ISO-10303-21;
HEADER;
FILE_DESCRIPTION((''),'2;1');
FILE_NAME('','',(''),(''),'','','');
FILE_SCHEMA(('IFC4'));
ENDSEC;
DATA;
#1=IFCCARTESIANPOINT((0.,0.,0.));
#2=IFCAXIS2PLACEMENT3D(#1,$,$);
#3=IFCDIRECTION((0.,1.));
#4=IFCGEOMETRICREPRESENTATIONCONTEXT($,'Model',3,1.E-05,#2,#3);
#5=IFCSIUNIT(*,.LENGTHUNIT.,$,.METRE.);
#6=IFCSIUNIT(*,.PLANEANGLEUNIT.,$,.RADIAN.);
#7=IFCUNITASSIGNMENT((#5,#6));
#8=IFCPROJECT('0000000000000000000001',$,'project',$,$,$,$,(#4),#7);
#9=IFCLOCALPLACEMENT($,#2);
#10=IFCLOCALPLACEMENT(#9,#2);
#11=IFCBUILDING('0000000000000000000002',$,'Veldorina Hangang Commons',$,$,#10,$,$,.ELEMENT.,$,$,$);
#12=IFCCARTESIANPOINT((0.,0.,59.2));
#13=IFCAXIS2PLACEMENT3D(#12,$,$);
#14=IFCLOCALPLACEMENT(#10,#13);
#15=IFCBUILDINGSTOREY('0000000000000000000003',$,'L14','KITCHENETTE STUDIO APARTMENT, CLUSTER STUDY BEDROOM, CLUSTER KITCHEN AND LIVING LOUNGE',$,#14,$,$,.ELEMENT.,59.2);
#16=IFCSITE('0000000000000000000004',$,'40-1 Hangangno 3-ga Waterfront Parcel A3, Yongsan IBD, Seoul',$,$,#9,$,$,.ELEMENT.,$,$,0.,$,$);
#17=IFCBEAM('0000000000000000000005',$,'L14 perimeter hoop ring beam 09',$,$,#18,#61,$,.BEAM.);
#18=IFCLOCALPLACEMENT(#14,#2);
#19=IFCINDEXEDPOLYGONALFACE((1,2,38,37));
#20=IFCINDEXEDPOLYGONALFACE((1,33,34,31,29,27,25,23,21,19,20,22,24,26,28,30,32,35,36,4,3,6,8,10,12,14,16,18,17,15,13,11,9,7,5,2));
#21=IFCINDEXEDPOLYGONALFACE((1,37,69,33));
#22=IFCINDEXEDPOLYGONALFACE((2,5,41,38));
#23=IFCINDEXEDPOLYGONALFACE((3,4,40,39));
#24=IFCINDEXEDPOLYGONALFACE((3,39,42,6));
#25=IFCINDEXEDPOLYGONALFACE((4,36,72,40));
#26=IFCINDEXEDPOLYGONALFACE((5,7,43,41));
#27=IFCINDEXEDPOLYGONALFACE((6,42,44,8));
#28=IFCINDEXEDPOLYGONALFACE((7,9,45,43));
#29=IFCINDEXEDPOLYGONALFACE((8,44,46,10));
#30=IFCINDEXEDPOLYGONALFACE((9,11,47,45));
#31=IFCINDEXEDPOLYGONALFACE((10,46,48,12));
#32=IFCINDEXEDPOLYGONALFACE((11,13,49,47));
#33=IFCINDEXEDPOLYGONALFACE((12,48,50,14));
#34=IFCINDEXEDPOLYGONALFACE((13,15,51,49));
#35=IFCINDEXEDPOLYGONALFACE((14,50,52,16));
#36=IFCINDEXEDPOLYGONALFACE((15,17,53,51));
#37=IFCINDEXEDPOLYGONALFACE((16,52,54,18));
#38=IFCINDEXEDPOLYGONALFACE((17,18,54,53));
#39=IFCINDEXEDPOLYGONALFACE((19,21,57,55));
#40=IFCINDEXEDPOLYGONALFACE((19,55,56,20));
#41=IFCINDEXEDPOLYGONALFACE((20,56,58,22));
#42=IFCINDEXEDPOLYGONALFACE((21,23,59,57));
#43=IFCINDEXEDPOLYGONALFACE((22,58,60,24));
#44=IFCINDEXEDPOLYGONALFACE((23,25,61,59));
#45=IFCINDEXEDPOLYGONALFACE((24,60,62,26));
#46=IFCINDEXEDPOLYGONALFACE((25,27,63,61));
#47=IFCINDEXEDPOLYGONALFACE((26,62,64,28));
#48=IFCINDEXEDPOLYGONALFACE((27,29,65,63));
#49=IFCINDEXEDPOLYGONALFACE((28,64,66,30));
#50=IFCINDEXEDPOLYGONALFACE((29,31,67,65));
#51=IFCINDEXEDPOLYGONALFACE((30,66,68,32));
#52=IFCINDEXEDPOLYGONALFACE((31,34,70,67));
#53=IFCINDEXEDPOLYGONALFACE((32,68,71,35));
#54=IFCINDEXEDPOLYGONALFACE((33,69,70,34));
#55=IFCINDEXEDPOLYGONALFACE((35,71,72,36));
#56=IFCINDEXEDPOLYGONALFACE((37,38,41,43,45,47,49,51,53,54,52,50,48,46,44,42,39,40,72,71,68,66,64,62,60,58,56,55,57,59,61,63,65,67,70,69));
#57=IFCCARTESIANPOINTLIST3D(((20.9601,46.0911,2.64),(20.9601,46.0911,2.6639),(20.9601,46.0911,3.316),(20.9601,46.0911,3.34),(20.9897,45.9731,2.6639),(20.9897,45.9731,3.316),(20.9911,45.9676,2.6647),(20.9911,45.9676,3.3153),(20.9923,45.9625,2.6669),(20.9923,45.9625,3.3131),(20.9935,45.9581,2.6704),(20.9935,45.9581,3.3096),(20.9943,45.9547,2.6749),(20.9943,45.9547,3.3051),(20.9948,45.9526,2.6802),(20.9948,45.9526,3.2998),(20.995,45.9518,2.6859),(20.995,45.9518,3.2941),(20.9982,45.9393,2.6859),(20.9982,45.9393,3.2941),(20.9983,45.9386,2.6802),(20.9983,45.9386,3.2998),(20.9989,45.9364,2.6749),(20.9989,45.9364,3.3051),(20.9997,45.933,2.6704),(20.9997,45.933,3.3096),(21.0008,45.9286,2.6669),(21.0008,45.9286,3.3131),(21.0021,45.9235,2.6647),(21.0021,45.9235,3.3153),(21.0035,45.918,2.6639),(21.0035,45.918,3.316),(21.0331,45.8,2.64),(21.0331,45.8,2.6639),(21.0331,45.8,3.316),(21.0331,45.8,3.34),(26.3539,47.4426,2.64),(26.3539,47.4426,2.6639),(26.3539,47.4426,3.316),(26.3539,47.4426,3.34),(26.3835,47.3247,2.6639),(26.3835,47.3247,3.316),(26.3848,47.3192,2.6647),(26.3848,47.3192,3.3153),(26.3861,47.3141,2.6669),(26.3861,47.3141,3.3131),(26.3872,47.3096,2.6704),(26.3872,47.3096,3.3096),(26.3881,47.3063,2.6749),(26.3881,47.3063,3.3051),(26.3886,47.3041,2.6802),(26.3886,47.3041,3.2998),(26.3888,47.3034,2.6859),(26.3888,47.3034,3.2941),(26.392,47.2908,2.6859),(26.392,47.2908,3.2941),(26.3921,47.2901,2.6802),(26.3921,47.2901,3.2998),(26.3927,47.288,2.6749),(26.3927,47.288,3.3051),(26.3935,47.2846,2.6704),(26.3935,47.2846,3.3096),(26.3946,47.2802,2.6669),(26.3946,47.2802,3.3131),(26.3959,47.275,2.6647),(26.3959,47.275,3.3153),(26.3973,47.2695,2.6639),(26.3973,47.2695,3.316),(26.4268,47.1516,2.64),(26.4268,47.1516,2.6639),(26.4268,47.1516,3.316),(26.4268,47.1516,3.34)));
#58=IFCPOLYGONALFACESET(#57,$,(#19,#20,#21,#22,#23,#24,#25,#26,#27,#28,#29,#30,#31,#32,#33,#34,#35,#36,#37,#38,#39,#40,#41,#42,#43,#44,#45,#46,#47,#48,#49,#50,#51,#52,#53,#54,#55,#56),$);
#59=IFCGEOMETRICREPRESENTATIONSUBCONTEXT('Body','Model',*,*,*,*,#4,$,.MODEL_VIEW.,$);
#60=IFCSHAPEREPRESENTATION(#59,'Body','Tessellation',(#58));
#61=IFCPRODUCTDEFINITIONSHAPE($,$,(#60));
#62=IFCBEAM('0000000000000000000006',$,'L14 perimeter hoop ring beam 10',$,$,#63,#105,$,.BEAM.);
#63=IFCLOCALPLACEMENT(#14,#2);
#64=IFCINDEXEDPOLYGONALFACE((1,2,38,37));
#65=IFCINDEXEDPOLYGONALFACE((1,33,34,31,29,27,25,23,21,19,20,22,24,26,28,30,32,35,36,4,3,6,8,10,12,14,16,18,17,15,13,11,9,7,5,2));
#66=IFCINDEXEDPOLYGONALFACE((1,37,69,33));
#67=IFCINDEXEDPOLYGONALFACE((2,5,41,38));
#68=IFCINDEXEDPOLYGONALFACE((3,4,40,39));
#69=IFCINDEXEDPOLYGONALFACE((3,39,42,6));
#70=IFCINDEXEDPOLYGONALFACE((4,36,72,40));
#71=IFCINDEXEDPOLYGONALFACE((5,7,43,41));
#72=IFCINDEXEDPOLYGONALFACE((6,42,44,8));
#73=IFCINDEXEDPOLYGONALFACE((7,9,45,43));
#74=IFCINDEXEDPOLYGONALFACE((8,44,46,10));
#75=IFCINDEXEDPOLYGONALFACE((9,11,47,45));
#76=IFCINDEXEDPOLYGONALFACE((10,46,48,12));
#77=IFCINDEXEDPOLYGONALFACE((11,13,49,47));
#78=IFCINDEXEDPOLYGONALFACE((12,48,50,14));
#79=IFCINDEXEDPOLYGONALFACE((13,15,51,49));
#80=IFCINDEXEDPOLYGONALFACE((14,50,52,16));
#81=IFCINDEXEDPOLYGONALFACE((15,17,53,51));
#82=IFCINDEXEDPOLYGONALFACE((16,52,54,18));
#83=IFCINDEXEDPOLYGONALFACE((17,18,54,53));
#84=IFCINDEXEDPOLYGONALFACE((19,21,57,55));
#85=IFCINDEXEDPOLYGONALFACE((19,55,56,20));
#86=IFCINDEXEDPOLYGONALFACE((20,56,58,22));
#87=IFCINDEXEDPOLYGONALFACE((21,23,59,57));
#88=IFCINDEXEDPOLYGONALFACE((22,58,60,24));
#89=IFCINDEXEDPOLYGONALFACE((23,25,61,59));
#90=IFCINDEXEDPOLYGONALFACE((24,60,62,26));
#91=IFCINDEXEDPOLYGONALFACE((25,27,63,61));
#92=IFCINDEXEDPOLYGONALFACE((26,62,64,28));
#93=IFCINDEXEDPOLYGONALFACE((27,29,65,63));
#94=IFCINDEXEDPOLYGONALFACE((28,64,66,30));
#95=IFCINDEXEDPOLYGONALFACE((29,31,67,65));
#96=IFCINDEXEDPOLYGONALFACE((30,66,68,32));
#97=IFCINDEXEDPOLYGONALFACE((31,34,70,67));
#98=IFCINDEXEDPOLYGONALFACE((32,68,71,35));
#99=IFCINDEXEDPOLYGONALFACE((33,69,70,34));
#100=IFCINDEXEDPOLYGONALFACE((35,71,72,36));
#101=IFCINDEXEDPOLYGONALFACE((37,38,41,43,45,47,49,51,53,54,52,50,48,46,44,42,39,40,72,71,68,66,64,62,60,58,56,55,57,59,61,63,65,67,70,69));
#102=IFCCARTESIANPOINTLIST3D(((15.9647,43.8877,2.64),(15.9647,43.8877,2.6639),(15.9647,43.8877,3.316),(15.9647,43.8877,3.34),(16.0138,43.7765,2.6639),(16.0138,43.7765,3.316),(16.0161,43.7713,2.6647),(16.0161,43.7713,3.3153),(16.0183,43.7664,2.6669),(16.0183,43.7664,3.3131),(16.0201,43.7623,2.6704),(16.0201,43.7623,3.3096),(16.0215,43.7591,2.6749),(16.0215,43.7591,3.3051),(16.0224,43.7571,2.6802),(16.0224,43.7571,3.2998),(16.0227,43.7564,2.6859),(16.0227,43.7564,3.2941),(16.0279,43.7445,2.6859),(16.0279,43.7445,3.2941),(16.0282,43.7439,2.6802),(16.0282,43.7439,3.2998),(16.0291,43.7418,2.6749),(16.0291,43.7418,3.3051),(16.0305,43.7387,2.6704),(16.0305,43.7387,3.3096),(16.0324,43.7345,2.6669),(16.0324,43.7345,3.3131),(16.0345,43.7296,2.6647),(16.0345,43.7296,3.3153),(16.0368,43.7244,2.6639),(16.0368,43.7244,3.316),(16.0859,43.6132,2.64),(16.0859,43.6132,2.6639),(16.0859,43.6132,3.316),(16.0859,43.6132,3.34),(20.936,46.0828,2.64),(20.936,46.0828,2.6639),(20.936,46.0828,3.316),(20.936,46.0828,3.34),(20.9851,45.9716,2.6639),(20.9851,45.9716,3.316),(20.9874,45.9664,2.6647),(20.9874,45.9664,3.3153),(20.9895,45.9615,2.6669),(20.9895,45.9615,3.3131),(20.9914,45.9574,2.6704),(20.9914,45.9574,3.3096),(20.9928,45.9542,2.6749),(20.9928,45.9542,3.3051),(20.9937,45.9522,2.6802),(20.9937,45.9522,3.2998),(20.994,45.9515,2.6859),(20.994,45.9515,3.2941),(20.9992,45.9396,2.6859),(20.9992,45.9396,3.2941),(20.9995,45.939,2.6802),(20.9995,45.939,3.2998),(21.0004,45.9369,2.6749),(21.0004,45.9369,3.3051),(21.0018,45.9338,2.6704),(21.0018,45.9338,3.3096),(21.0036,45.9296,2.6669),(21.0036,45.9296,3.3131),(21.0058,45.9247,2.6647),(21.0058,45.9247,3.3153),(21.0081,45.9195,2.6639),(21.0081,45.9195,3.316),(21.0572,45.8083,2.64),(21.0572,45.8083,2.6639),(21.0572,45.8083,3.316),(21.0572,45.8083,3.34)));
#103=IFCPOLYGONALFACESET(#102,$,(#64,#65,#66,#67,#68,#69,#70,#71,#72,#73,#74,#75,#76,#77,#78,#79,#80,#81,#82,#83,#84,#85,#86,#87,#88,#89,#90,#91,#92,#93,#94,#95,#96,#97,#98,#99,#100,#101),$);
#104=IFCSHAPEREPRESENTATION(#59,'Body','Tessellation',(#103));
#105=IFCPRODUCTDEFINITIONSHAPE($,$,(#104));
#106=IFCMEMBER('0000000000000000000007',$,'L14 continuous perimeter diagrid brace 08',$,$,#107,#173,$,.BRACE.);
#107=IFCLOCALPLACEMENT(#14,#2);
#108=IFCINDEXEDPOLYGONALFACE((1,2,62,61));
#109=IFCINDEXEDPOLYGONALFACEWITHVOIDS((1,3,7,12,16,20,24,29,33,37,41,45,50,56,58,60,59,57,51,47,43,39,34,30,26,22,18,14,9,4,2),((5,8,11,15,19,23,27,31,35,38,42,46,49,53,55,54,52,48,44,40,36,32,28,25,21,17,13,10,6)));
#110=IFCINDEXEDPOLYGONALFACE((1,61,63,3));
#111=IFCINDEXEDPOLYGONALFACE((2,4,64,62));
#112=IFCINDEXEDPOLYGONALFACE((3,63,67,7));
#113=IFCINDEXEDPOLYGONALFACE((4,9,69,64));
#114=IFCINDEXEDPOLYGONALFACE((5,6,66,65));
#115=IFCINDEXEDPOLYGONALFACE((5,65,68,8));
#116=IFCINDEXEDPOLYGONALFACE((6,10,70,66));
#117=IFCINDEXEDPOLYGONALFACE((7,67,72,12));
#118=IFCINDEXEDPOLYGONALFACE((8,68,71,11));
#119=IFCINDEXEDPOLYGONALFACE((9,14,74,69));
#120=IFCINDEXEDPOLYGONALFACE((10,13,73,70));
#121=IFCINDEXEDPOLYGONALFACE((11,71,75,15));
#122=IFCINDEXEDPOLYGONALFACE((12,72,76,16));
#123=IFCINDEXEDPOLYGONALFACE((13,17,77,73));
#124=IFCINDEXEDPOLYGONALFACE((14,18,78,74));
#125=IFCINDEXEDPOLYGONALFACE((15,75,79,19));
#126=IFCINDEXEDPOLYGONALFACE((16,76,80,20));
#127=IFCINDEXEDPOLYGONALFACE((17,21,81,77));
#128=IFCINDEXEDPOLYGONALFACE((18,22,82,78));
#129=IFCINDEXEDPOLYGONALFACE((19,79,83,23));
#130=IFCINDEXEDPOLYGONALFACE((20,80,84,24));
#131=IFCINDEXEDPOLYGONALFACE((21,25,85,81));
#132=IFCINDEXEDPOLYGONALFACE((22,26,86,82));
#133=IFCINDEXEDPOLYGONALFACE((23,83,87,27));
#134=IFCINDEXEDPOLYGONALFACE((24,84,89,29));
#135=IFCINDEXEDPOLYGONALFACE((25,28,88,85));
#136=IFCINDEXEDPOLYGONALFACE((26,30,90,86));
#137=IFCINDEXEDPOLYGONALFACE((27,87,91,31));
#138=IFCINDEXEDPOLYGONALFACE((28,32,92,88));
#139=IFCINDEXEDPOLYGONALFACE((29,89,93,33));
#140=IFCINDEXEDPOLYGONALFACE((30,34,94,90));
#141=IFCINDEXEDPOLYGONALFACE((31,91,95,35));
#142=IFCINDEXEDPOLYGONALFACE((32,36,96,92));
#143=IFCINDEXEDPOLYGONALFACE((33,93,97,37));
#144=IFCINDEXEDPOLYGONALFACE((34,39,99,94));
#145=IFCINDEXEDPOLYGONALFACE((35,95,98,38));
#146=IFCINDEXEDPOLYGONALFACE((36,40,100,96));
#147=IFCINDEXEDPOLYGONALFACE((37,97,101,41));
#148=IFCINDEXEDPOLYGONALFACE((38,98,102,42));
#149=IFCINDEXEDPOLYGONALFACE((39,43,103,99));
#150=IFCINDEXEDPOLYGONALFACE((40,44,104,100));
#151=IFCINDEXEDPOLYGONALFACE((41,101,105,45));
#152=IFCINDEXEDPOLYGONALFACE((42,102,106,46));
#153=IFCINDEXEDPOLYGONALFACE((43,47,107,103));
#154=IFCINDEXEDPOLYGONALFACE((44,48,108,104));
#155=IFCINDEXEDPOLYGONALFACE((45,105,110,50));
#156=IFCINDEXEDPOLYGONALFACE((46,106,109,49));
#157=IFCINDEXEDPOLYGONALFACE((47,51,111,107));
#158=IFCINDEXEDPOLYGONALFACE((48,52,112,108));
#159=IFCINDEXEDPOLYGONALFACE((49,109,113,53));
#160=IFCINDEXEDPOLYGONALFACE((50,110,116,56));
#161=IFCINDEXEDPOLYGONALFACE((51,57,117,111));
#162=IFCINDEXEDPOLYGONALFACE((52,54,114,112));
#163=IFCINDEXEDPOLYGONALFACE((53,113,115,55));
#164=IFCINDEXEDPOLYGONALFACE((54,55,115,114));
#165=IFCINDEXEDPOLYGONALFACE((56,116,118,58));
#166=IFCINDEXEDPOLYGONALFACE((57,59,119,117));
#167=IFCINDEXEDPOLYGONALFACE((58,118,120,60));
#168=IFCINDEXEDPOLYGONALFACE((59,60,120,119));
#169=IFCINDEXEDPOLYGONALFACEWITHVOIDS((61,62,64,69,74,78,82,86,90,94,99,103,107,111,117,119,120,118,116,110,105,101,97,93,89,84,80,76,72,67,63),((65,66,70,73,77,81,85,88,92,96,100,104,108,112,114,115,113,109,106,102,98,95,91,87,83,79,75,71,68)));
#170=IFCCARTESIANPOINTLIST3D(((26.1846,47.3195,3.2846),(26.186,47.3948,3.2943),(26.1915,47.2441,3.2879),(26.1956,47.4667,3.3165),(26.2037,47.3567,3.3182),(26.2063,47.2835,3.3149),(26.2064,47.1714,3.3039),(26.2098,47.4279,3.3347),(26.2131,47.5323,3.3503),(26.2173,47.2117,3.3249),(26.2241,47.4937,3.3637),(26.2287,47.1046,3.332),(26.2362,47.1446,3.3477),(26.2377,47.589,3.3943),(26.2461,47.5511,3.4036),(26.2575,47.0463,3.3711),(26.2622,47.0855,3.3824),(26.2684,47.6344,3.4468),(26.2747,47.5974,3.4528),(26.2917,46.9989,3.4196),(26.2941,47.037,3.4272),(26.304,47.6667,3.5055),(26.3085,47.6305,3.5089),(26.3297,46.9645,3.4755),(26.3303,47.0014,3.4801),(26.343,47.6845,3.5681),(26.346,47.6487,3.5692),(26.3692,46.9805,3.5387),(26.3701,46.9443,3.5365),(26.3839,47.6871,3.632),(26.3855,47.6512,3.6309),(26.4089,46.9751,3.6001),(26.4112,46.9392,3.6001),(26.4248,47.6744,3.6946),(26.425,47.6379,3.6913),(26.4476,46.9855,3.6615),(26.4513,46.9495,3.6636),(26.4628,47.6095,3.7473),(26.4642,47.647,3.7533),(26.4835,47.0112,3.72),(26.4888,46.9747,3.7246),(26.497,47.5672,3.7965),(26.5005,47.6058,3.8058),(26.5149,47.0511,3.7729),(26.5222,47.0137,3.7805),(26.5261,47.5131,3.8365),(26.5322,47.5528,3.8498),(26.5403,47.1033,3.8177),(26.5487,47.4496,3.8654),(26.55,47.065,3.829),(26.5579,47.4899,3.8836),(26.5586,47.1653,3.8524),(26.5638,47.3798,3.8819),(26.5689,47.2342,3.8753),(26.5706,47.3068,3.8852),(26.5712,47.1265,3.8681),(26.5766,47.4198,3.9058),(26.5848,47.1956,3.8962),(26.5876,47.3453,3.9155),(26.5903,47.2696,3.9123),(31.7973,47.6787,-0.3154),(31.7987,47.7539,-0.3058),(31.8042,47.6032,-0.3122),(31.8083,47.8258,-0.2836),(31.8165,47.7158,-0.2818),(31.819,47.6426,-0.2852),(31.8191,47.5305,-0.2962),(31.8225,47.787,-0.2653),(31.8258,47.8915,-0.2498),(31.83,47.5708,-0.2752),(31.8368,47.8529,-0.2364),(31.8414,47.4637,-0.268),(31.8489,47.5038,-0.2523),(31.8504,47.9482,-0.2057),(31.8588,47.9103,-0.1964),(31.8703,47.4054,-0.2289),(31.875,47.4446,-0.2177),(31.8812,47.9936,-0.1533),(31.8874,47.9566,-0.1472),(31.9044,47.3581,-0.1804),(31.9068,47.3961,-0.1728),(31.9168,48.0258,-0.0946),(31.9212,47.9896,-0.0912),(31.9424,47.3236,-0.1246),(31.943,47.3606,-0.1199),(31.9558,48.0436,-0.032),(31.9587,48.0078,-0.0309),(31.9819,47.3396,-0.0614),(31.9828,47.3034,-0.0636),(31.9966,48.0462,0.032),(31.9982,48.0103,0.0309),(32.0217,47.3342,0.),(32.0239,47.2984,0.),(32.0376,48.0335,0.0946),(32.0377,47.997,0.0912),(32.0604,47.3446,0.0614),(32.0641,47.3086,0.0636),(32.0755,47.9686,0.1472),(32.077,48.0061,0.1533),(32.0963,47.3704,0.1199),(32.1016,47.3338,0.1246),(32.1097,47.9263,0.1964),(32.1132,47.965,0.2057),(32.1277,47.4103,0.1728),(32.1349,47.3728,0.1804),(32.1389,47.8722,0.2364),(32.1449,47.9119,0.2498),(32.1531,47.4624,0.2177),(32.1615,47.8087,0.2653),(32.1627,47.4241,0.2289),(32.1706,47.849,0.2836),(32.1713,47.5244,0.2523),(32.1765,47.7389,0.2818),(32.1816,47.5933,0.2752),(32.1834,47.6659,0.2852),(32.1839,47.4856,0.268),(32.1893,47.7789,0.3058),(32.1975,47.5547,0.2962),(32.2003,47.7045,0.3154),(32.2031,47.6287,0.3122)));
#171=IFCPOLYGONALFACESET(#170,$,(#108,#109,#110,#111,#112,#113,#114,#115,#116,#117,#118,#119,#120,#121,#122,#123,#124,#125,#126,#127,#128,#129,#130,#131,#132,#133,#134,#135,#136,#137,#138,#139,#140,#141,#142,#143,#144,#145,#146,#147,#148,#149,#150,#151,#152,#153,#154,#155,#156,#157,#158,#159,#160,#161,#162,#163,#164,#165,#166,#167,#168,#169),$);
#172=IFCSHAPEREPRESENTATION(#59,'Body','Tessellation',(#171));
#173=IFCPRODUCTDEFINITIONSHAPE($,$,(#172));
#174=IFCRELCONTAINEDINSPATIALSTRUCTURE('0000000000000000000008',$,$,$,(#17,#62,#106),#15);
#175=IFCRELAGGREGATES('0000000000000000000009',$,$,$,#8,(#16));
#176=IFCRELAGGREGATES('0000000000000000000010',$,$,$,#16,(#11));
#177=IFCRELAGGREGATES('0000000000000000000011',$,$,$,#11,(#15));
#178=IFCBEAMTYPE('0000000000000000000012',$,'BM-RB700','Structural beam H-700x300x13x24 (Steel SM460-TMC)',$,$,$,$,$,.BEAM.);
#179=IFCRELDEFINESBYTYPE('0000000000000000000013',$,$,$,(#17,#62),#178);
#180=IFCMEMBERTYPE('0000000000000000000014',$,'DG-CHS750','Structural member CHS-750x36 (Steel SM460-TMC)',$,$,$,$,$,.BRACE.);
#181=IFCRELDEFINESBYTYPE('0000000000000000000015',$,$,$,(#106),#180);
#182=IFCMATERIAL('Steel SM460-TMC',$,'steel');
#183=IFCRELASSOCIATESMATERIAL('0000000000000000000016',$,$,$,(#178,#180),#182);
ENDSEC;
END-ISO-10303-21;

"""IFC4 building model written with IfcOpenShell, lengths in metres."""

from ifc_helpers import new_model, si_unit, direction, frame, origin, origin_2d, place, context, subcontext, project, spatial, hollow_circle, i_section, extrude, material, material_profile, profile_set, type_object, element, save


model = new_model("IFC4")

# Units and contexts
model_context = context("Model", 3, precision=1e-05, world=origin(), true_north=direction((0.0, 1.0)))
body_context = subcontext(model_context, "Body", "Model", "MODEL_VIEW")
ifc_project = project(units=[si_unit("LENGTHUNIT", "METRE"), si_unit("PLANEANGLEUNIT", "RADIAN")], contexts=[model_context])

# Site, building, storey
site_placement = place(None, origin())
site = spatial("IfcSite", under=ifc_project, at=site_placement, Name="40-1 Hangangno 3-ga Waterfront Parcel A3, Yongsan IBD, Seoul", CompositionType="ELEMENT", RefElevation=0.0)
building_placement = place(site_placement, origin())
building = spatial("IfcBuilding", under=site, at=building_placement, Name="Veldorina Hangang Commons", CompositionType="ELEMENT")
storey_placement = place(building_placement, frame((0.0, 0.0, 59.2)))
storey = spatial("IfcBuildingStorey", under=building, at=storey_placement, Name="L14", Description="KITCHENETTE STUDIO APARTMENT, CLUSTER STUDY BEDROOM, CLUSTER KITCHEN AND LIVING LOUNGE", CompositionType="ELEMENT", Elevation=59.2)

# Beams
ifc_material_1 = material(Name="Steel SM460-TMC", Category="steel")
ifc_material_profile_1 = material_profile(ifc_material_1, i_section(OverallWidth=0.3, OverallDepth=0.7, WebThickness=0.0129, FlangeThickness=0.0239, FilletRadius=0.022, at=origin_2d()), Name="H-700x300x13x24")
ifc_profile_set_1 = profile_set([ifc_material_profile_1], Name="Steel SM460-TMC")
beam_type_1 = type_object("IfcBeamType", Name="BM-RB700", Description="Structural beam H-700x300x13x24 (Steel SM460-TMC)", PredefinedType="BEAM", material=ifc_profile_set_1)
beam_1_placement = place(storey_placement, frame((26.3904, 47.2971, 2.99), z_axis=(-0.970011, -0.243062, 0.0), x_axis=(0.243062, -0.970011, 0.0)))
element("IfcBeam", 1, at=beam_1_placement, inside=storey, type_object=beam_type_1, Name="L14 perimeter hoop ring beam 09", PredefinedType="BEAM", context=body_context, shape_type="SweptSolid", body=[
    extrude(i_section(OverallWidth=0.3, OverallDepth=0.7, WebThickness=0.0129, FlangeThickness=0.0239, FilletRadius=0.022, at=origin_2d()), origin(), (0.0, 0.0, 1.0), 5.5605),
])
beam_2_placement = place(storey_placement, frame((20.9966, 45.9456, 2.99), z_axis=(-0.914789, -0.403932, 0.0), x_axis=(0.403932, -0.914789, 0.0)))
element("IfcBeam", 2, at=beam_2_placement, inside=storey, type_object=beam_type_1, Name="L14 perimeter hoop ring beam 10", PredefinedType="BEAM", context=body_context, shape_type="SweptSolid", body=[
    extrude(i_section(OverallWidth=0.3, OverallDepth=0.7, WebThickness=0.0129, FlangeThickness=0.0239, FilletRadius=0.022, at=origin_2d()), origin(), (0.0, 0.0, 1.0), 5.4343),
])

# Member
ifc_material_profile_2 = material_profile(ifc_material_1, hollow_circle(Radius=0.375, WallThickness=0.0359, at=origin_2d()), Name="CHS-750x36")
ifc_profile_set_2 = profile_set([ifc_material_profile_2], Name="Steel SM460-TMC")
member_type = type_object("IfcMemberType", Name="DG-CHS750", Description="Structural member CHS-750x36 (Steel SM460-TMC)", PredefinedType="BRACE", material=ifc_profile_set_2)
member_1_placement = place(storey_placement, frame((32.0, 47.6726, 0.0), z_axis=(-0.840514, -0.05378, 0.539114), x_axis=(0.063854, -0.997959, 0.0)))
element("IfcMember", 3, at=member_1_placement, inside=storey, type_object=member_type, Name="L14 continuous perimeter diagrid brace 08", PredefinedType="BRACE", context=body_context, shape_type="SweptSolid", body=[
    extrude(hollow_circle(Radius=0.375, WallThickness=0.0359, at=origin_2d()), origin(), (0.0, 0.0, 1.0), 6.6777),
])

save(model, "model.ifc")
